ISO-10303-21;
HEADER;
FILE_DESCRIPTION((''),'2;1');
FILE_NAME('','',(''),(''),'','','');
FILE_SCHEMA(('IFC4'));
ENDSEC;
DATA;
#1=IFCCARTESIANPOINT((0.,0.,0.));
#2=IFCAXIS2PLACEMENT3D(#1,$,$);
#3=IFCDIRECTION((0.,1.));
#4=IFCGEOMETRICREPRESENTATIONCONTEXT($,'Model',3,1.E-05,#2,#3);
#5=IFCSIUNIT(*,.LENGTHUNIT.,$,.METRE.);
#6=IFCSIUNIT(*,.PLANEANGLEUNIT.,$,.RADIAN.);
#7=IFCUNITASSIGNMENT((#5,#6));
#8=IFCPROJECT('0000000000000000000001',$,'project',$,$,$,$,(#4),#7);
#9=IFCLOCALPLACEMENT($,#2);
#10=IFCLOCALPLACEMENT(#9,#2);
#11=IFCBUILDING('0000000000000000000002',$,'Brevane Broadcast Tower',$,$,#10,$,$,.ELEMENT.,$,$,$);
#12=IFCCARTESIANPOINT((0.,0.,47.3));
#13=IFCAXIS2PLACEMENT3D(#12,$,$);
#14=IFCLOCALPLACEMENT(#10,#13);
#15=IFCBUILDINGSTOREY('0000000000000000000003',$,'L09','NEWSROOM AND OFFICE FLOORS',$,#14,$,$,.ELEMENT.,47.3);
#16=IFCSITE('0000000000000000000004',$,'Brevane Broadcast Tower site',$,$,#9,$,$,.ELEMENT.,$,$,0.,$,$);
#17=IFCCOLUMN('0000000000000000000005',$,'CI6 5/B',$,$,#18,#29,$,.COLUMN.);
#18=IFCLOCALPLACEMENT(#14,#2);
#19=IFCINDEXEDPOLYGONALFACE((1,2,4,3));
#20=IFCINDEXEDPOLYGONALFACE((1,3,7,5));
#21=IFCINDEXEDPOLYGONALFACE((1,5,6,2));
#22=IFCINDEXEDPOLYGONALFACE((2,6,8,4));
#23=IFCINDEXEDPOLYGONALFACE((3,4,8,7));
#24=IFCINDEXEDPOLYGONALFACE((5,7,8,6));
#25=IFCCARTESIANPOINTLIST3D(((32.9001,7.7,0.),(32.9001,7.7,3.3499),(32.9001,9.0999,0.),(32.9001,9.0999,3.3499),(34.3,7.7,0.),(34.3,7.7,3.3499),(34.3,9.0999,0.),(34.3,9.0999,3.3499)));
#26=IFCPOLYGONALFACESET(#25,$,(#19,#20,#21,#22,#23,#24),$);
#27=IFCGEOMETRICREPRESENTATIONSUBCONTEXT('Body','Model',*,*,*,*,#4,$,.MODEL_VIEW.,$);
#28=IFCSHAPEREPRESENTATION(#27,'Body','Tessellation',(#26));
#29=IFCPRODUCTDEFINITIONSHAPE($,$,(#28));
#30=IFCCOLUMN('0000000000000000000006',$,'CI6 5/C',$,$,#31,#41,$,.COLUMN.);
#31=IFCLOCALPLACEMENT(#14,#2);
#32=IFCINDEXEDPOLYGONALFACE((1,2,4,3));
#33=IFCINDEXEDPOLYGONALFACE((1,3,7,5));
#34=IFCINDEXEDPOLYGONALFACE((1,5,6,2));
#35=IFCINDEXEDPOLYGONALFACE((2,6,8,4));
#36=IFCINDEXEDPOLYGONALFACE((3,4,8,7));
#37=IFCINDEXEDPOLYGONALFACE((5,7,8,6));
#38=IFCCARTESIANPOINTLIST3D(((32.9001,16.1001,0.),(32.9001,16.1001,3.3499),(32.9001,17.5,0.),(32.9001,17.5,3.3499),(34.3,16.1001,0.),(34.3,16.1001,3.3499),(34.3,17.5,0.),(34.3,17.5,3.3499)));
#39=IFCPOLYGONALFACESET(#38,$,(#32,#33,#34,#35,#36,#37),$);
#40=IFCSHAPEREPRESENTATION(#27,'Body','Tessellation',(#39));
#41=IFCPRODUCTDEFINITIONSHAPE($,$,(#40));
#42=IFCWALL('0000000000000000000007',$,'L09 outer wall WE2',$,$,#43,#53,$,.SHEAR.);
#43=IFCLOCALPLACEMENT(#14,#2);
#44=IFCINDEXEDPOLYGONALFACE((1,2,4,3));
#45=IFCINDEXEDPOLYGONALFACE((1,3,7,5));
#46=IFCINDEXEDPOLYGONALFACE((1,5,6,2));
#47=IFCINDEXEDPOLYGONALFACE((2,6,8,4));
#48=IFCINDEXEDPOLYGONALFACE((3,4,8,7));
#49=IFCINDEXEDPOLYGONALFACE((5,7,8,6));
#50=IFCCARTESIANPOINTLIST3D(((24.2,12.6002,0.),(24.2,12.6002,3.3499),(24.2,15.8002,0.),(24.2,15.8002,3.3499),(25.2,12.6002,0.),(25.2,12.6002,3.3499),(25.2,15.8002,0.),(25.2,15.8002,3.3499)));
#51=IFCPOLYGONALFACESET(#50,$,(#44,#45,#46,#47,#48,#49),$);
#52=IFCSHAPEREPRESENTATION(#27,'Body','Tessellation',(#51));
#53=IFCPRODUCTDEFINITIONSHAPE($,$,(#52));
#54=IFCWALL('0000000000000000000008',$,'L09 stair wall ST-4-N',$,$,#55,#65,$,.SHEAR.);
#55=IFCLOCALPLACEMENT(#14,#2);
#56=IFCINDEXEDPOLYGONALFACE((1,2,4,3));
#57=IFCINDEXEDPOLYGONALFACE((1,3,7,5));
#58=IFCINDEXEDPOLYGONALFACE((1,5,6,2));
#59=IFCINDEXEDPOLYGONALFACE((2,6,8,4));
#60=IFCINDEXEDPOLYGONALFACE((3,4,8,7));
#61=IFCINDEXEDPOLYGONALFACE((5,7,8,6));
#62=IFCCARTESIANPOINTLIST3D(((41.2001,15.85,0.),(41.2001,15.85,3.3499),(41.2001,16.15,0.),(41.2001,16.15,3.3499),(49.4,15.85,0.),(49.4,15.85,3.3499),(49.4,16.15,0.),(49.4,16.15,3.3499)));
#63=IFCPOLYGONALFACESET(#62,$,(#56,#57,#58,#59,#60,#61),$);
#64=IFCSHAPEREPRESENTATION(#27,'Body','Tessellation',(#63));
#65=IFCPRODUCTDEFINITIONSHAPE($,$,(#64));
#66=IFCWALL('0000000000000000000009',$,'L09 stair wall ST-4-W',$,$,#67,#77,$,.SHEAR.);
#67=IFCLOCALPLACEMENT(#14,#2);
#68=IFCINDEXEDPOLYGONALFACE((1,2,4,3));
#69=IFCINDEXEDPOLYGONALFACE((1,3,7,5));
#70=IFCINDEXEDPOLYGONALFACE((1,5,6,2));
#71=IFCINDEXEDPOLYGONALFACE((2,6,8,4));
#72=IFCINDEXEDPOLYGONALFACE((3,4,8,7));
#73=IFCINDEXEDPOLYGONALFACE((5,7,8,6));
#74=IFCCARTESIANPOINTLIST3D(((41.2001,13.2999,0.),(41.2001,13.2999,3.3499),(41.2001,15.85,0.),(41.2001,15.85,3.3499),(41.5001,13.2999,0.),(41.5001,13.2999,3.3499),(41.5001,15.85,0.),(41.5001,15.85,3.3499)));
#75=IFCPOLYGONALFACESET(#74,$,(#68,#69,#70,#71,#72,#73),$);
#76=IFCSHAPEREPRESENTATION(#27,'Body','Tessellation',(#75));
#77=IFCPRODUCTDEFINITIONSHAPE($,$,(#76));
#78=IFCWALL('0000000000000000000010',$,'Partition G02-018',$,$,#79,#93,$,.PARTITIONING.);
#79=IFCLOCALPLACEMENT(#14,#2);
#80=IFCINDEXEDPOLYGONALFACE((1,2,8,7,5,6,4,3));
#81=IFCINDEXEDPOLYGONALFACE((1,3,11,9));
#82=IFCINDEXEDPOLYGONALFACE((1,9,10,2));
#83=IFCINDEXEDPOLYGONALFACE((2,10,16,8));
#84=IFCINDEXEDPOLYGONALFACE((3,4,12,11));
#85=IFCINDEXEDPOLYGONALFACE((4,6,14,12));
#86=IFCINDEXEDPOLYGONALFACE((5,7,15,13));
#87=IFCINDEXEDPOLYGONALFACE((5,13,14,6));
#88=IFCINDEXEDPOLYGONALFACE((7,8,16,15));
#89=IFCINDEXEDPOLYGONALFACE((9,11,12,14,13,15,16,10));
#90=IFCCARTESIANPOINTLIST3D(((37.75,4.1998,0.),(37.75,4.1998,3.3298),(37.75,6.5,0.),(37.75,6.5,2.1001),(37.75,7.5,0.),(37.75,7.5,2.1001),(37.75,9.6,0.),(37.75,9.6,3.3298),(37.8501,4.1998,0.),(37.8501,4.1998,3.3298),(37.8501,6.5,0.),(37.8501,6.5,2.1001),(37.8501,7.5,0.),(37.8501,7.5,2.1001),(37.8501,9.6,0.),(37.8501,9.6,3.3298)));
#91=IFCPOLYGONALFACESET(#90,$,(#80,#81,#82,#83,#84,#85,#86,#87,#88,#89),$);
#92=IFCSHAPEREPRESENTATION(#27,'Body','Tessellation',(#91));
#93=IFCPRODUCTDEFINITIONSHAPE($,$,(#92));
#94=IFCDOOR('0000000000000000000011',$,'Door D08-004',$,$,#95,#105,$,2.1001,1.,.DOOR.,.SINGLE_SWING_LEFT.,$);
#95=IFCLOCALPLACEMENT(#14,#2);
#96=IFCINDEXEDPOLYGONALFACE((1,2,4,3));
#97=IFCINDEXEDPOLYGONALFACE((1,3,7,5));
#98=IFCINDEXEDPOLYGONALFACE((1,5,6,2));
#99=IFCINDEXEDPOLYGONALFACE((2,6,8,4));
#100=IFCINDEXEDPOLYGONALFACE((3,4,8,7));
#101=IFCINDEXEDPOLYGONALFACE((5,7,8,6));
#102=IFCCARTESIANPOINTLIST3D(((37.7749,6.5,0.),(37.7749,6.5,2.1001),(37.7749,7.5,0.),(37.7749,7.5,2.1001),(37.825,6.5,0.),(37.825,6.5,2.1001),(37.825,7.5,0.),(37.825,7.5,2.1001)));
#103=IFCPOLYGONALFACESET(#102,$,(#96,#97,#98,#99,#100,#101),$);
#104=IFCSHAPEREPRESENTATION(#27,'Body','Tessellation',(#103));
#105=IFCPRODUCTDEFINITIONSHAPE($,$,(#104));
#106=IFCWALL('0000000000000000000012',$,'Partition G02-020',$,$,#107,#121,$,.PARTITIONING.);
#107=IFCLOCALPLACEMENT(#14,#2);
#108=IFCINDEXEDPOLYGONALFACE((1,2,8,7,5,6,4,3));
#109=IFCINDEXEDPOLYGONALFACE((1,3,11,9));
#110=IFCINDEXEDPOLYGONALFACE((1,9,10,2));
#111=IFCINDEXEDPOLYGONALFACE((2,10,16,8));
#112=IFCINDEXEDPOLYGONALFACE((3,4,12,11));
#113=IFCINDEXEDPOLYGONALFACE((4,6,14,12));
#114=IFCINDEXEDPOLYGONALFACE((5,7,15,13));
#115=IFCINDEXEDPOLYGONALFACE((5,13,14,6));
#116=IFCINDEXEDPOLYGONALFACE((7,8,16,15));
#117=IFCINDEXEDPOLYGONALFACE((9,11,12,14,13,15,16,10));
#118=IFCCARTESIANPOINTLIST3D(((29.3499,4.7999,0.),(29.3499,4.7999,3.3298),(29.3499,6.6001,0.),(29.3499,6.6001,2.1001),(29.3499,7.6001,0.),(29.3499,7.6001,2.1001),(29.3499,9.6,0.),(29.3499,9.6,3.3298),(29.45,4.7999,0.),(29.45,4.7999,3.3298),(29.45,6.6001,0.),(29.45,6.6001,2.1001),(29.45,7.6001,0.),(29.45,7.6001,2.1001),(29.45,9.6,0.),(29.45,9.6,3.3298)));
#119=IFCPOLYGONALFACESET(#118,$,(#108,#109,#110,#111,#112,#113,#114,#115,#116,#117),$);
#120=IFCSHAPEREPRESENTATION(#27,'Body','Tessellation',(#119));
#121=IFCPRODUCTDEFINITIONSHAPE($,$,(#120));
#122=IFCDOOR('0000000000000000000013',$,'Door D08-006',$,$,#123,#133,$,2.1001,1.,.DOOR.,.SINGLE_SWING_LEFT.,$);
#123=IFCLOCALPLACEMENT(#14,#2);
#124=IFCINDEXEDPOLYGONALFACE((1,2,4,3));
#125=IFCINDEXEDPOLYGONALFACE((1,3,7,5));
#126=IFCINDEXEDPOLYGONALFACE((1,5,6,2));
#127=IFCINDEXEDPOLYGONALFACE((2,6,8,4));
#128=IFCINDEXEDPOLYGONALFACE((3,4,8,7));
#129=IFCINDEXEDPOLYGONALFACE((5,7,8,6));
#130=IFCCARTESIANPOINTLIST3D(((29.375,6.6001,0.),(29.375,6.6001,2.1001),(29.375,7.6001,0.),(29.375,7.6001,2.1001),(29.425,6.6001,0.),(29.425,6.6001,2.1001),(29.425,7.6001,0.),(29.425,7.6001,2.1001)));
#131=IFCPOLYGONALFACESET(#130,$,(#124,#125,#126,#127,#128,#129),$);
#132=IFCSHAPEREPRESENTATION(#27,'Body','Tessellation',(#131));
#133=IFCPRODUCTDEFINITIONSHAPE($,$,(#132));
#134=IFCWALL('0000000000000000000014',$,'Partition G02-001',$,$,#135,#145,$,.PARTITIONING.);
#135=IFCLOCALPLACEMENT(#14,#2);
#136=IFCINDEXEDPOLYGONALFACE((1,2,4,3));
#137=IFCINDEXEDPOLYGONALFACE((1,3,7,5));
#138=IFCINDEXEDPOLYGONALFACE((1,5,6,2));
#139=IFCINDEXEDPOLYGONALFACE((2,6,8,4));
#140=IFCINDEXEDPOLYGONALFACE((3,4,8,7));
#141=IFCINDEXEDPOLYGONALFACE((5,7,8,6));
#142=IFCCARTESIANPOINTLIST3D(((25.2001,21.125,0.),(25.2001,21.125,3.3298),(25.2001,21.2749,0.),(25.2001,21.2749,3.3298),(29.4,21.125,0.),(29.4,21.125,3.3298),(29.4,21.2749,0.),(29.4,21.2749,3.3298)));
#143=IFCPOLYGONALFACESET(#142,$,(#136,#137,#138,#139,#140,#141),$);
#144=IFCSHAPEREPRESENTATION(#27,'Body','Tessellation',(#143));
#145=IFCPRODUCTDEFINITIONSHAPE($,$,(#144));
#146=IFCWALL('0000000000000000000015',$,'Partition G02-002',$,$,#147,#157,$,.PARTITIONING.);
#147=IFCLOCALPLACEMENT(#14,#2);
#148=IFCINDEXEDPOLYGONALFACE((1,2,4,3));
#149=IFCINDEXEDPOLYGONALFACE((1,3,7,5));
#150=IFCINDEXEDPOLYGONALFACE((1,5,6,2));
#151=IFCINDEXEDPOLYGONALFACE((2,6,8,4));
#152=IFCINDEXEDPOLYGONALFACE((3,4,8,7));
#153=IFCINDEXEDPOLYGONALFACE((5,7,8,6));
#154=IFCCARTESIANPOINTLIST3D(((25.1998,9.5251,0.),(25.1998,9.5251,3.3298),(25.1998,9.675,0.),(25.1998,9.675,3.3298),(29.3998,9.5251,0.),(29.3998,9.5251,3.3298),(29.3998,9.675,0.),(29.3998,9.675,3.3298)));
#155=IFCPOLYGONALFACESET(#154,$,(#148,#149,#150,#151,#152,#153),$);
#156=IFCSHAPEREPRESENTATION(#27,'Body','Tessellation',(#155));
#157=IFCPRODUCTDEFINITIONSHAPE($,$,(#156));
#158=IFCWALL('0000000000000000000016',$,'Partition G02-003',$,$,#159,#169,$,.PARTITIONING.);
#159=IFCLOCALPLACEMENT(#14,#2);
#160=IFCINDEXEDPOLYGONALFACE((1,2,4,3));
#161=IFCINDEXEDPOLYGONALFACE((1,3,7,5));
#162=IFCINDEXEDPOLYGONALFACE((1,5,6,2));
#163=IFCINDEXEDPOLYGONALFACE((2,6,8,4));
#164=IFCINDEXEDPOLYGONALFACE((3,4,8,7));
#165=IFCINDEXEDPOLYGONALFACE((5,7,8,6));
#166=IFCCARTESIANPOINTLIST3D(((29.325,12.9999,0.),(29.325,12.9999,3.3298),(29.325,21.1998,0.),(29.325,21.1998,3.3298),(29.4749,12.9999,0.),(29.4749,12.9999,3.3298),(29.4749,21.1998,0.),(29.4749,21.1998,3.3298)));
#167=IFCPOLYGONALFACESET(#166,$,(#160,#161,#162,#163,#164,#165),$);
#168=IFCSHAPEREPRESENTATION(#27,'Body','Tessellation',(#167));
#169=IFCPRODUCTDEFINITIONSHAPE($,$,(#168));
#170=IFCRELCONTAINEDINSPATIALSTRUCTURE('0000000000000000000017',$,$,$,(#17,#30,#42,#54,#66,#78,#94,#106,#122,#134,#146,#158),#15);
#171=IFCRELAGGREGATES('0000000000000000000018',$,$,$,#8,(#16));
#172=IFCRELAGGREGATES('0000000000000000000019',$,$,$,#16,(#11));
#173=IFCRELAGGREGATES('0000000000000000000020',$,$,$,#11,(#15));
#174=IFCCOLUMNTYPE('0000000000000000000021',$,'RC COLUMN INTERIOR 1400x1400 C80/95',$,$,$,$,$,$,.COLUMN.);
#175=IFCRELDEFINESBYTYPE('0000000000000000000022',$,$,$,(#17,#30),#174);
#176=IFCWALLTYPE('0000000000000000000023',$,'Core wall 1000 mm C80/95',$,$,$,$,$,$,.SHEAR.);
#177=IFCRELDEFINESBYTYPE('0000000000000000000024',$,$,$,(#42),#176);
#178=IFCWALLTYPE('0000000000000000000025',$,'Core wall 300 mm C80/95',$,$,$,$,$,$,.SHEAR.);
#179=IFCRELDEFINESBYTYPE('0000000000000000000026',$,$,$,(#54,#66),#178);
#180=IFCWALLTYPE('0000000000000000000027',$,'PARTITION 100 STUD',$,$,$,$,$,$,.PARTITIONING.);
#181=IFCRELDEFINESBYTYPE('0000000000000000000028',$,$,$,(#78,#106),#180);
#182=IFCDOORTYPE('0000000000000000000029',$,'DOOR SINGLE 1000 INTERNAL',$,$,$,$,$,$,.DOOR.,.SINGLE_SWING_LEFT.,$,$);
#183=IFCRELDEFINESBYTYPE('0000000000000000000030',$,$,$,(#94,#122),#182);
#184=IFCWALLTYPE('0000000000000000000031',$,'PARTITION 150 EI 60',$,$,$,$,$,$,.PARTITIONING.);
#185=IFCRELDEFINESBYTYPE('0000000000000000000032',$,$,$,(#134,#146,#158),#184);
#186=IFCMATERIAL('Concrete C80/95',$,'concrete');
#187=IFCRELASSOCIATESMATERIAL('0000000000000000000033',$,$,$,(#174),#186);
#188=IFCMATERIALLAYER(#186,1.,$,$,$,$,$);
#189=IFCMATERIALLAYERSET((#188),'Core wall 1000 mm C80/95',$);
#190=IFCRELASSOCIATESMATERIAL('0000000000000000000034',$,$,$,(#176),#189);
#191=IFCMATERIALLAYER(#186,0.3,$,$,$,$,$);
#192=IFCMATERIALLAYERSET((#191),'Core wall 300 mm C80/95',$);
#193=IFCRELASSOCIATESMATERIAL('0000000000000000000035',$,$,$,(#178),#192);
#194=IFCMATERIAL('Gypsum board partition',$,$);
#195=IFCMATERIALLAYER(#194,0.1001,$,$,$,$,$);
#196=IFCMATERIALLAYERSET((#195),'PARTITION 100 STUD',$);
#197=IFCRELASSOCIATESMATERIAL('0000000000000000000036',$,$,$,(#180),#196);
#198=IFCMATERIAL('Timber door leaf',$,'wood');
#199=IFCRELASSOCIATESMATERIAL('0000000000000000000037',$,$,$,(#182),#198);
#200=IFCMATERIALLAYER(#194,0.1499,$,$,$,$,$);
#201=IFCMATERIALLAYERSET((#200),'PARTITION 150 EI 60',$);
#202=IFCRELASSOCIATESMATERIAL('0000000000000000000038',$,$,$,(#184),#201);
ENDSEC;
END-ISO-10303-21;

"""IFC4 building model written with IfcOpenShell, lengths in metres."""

from ifc_helpers import new_model, si_unit, direction, frame, frame_2d, origin, origin_2d, place, context, subcontext, project, spatial, rectangle, extrude, material, layer, layer_set, material_profile, profile_set, type_object, element, fill, save


model = new_model("IFC4")

# Units and contexts
model_context = context("Model", 3, precision=1e-05, world=origin(), true_north=direction((0.0, 1.0)))
body_context = subcontext(model_context, "Body", "Model", "MODEL_VIEW")
ifc_project = project(units=[si_unit("LENGTHUNIT", "METRE"), si_unit("PLANEANGLEUNIT", "RADIAN")], contexts=[model_context])

# Site, building, storey
site_placement = place(None, origin())
site = spatial("IfcSite", under=ifc_project, at=site_placement, Name="Brevane Broadcast Tower site", CompositionType="ELEMENT", RefElevation=0.0)
building_placement = place(site_placement, origin())
building = spatial("IfcBuilding", under=site, at=building_placement, Name="Brevane Broadcast Tower", CompositionType="ELEMENT")
storey_placement = place(building_placement, frame((0.0, 0.0, 47.3)))
storey = spatial("IfcBuildingStorey", under=building, at=storey_placement, Name="L09", Description="NEWSROOM AND OFFICE FLOORS", CompositionType="ELEMENT", Elevation=47.3)

# Columns
ifc_material_1 = material(Name="Concrete C80/95", Category="concrete")
ifc_material_profile = material_profile(ifc_material_1, rectangle(XDim=1.3999, YDim=1.3999, at=origin_2d()), Name="RC 1400x1400")
ifc_profile_set = profile_set([ifc_material_profile], Name="Concrete C80/95")
column_type = type_object("IfcColumnType", Name="RC COLUMN INTERIOR 1400x1400 C80/95", PredefinedType="COLUMN", material=ifc_profile_set)
for number, where, z_axis, x_axis, name in (
    (1, (33.6001, 8.3999, 0.0), (0.0, 0.0, 1.0), (1.0, 0.0, 0.0), "CI6 5/B"),
    (2, (33.6001, 16.8, 0.0), (0.0, 0.0, 1.0), (1.0, 0.0, 0.0), "CI6 5/C"),
):
    element("IfcColumn", number, at=place(storey_placement, frame(where, z_axis=z_axis, x_axis=x_axis)), inside=storey, type_object=column_type, Name=name, PredefinedType="COLUMN", context=body_context, shape_type="SweptSolid", body=[
        extrude(rectangle(XDim=1.3999, YDim=1.3999, at=origin_2d()), origin(), (0.0, 0.0, 1.0), 3.3499),
    ])

# Walls
ifc_layer_1 = layer(ifc_material_1, 1.0)
ifc_layer_set_1 = layer_set([ifc_layer_1], Name="Core wall 1000 mm C80/95")
wall_type_1 = type_object("IfcWallType", Name="Core wall 1000 mm C80/95", PredefinedType="SHEAR", material=ifc_layer_set_1)
wall_1_placement = place(storey_placement, frame((24.7, 12.6001, 0.0), z_axis=(0.0, 0.0, 1.0), x_axis=(0.0, 1.0, 0.0)))
element("IfcWall", 3, at=wall_1_placement, inside=storey, type_object=wall_type_1, Name="L09 outer wall WE2", PredefinedType="SHEAR", context=body_context, shape_type="SweptSolid", body=[
    extrude(rectangle(XDim=3.2, YDim=1.0, at=frame_2d((1.6001, 0.0))), origin(), (0.0, 0.0, 1.0), 3.3499),
])
ifc_layer_2 = layer(ifc_material_1, 0.3)
ifc_layer_set_2 = layer_set([ifc_layer_2], Name="Core wall 300 mm C80/95")
wall_type_2 = type_object("IfcWallType", Name="Core wall 300 mm C80/95", PredefinedType="SHEAR", material=ifc_layer_set_2)
wall_2_placement = place(storey_placement, frame((41.2, 16.0, 0.0), z_axis=(0.0, 0.0, 1.0), x_axis=(1.0, 0.0, 0.0)))
element("IfcWall", 4, at=wall_2_placement, inside=storey, type_object=wall_type_2, Name="L09 stair wall ST-4-N", PredefinedType="SHEAR", context=body_context, shape_type="SweptSolid", body=[
    extrude(rectangle(XDim=8.2, YDim=0.3, at=frame_2d((4.1001, 0.0))), origin(), (0.0, 0.0, 1.0), 3.3499),
])
wall_3_placement = place(storey_placement, frame((41.3501, 13.3, 0.0), z_axis=(0.0, 0.0, 1.0), x_axis=(0.0, 1.0, 0.0)))
element("IfcWall", 5, at=wall_3_placement, inside=storey, type_object=wall_type_2, Name="L09 stair wall ST-4-W", PredefinedType="SHEAR", context=body_context, shape_type="SweptSolid", body=[
    extrude(rectangle(XDim=2.55, YDim=0.3, at=frame_2d((1.2749, 0.0))), origin(), (0.0, 0.0, 1.0), 3.3499),
])

# Walls, openings, doors
ifc_material_2 = material(Name="Gypsum board partition")
ifc_layer_3 = layer(ifc_material_2, 0.1001)
ifc_layer_set_3 = layer_set([ifc_layer_3], Name="PARTITION 100 STUD")
wall_type_3 = type_object("IfcWallType", Name="PARTITION 100 STUD", PredefinedType="PARTITIONING", material=ifc_layer_set_3)
wall_4_placement = place(storey_placement, frame((37.8, 9.6001, 0.0), z_axis=(0.0, 0.0, 1.0), x_axis=(0.0, -1.0, 0.0)))
wall_4 = element("IfcWall", 6, at=wall_4_placement, inside=storey, type_object=wall_type_3, Name="Partition G02-018", PredefinedType="PARTITIONING", context=body_context, shape_type="SweptSolid", body=[
    extrude(rectangle(XDim=5.4001, YDim=0.1001, at=frame_2d((2.7002, 0.0))), origin(), (0.0, 0.0, 1.0), 3.3298),
])
opening_1_placement = place(wall_4_placement, frame((2.1001, 0.0, 0.0)))
opening_1 = element("IfcOpeningElement", 7, at=opening_1_placement, cuts=wall_4, PredefinedType="OPENING", context=body_context, shape_type="SweptSolid", body=[
    extrude(rectangle(XDim=1.0, YDim=2.1001, at=frame_2d((0.5, 1.05))), frame((0.0, 0.0601, 0.0), z_axis=(0.0, -1.0, 0.0), x_axis=(1.0, 0.0, 0.0)), (0.0, 0.0, 1.0), 0.1201),
])
ifc_material_3 = material(Name="Timber door leaf", Category="wood")
door_type_1 = type_object("IfcDoorType", Name="DOOR SINGLE 1000 INTERNAL", OperationType="SINGLE_SWING_LEFT", PredefinedType="DOOR", material=ifc_material_3)
door_1_placement = place(opening_1_placement, origin())
door_1 = element("IfcDoor", 8, at=door_1_placement, inside=storey, type_object=door_type_1, Name="Door D08-004", OperationType="SINGLE_SWING_LEFT", OverallHeight=2.1001, OverallWidth=1.0, PredefinedType="DOOR", context=body_context, shape_type="SweptSolid", body=[
    extrude(rectangle(XDim=1.0, YDim=2.1001, at=frame_2d((0.5, 1.05))), frame((0.0, 0.0249, 0.0), z_axis=(0.0, -1.0, 0.0), x_axis=(1.0, 0.0, 0.0)), (0.0, 0.0, 1.0), 0.05),
])
fill(opening_1, door_1)
wall_5_placement = place(storey_placement, frame((29.3999, 4.8, 0.0), z_axis=(0.0, 0.0, 1.0), x_axis=(0.0, 1.0, 0.0)))
wall_5 = element("IfcWall", 9, at=wall_5_placement, inside=storey, type_object=wall_type_3, Name="Partition G02-020", PredefinedType="PARTITIONING", context=body_context, shape_type="SweptSolid", body=[
    extrude(rectangle(XDim=4.8, YDim=0.1001, at=frame_2d((2.3999, 0.0))), origin(), (0.0, 0.0, 1.0), 3.3298),
])
opening_2_placement = place(wall_5_placement, frame((1.8, 0.0, 0.0)))
opening_2 = element("IfcOpeningElement", 10, at=opening_2_placement, cuts=wall_5, PredefinedType="OPENING", context=body_context, shape_type="SweptSolid", body=[
    extrude(rectangle(XDim=1.0, YDim=2.1001, at=frame_2d((0.5, 1.05))), frame((0.0, 0.0601, 0.0), z_axis=(0.0, -1.0, 0.0), x_axis=(1.0, 0.0, 0.0)), (0.0, 0.0, 1.0), 0.1201),
])
door_2_placement = place(opening_2_placement, origin())
door_2 = element("IfcDoor", 11, at=door_2_placement, inside=storey, type_object=door_type_1, Name="Door D08-006", OperationType="SINGLE_SWING_LEFT", OverallHeight=2.1001, OverallWidth=1.0, PredefinedType="DOOR", context=body_context, shape_type="SweptSolid", body=[
    extrude(rectangle(XDim=1.0, YDim=2.1001, at=frame_2d((0.5, 1.05))), frame((0.0, 0.0249, 0.0), z_axis=(0.0, -1.0, 0.0), x_axis=(1.0, 0.0, 0.0)), (0.0, 0.0, 1.0), 0.05),
])
fill(opening_2, door_2)

# Walls
ifc_layer_4 = layer(ifc_material_2, 0.1499)
ifc_layer_set_4 = layer_set([ifc_layer_4], Name="PARTITION 150 EI 60")
wall_type_4 = type_object("IfcWallType", Name="PARTITION 150 EI 60", PredefinedType="PARTITIONING", material=ifc_layer_set_4)
for number, where, z_axis, x_axis, name in (
    (12, (25.2, 21.2, 0.0), (0.0, 0.0, 1.0), (1.0, 0.0, 0.0), "Partition G02-001"),
    (13, (29.3999, 9.6001, 0.0), (0.0, 0.0, 1.0), (-1.0, 0.0, 0.0), "Partition G02-002"),
):
    element("IfcWall", number, at=place(storey_placement, frame(where, z_axis=z_axis, x_axis=x_axis)), inside=storey, type_object=wall_type_4, Name=name, PredefinedType="PARTITIONING", context=body_context, shape_type="SweptSolid", body=[
        extrude(rectangle(XDim=4.2, YDim=0.1499, at=frame_2d((2.1001, 0.0))), origin(), (0.0, 0.0, 1.0), 3.3298),
    ])
wall_6_placement = place(storey_placement, frame((29.3999, 21.2, 0.0), z_axis=(0.0, 0.0, 1.0), x_axis=(0.0, -1.0, 0.0)))
element("IfcWall", 14, at=wall_6_placement, inside=storey, type_object=wall_type_4, Name="Partition G02-003", PredefinedType="PARTITIONING", context=body_context, shape_type="SweptSolid", body=[
    extrude(rectangle(XDim=8.2, YDim=0.1499, at=frame_2d((4.1001, 0.0))), origin(), (0.0, 0.0, 1.0), 3.3298),
])

save(model, "model.ifc")
